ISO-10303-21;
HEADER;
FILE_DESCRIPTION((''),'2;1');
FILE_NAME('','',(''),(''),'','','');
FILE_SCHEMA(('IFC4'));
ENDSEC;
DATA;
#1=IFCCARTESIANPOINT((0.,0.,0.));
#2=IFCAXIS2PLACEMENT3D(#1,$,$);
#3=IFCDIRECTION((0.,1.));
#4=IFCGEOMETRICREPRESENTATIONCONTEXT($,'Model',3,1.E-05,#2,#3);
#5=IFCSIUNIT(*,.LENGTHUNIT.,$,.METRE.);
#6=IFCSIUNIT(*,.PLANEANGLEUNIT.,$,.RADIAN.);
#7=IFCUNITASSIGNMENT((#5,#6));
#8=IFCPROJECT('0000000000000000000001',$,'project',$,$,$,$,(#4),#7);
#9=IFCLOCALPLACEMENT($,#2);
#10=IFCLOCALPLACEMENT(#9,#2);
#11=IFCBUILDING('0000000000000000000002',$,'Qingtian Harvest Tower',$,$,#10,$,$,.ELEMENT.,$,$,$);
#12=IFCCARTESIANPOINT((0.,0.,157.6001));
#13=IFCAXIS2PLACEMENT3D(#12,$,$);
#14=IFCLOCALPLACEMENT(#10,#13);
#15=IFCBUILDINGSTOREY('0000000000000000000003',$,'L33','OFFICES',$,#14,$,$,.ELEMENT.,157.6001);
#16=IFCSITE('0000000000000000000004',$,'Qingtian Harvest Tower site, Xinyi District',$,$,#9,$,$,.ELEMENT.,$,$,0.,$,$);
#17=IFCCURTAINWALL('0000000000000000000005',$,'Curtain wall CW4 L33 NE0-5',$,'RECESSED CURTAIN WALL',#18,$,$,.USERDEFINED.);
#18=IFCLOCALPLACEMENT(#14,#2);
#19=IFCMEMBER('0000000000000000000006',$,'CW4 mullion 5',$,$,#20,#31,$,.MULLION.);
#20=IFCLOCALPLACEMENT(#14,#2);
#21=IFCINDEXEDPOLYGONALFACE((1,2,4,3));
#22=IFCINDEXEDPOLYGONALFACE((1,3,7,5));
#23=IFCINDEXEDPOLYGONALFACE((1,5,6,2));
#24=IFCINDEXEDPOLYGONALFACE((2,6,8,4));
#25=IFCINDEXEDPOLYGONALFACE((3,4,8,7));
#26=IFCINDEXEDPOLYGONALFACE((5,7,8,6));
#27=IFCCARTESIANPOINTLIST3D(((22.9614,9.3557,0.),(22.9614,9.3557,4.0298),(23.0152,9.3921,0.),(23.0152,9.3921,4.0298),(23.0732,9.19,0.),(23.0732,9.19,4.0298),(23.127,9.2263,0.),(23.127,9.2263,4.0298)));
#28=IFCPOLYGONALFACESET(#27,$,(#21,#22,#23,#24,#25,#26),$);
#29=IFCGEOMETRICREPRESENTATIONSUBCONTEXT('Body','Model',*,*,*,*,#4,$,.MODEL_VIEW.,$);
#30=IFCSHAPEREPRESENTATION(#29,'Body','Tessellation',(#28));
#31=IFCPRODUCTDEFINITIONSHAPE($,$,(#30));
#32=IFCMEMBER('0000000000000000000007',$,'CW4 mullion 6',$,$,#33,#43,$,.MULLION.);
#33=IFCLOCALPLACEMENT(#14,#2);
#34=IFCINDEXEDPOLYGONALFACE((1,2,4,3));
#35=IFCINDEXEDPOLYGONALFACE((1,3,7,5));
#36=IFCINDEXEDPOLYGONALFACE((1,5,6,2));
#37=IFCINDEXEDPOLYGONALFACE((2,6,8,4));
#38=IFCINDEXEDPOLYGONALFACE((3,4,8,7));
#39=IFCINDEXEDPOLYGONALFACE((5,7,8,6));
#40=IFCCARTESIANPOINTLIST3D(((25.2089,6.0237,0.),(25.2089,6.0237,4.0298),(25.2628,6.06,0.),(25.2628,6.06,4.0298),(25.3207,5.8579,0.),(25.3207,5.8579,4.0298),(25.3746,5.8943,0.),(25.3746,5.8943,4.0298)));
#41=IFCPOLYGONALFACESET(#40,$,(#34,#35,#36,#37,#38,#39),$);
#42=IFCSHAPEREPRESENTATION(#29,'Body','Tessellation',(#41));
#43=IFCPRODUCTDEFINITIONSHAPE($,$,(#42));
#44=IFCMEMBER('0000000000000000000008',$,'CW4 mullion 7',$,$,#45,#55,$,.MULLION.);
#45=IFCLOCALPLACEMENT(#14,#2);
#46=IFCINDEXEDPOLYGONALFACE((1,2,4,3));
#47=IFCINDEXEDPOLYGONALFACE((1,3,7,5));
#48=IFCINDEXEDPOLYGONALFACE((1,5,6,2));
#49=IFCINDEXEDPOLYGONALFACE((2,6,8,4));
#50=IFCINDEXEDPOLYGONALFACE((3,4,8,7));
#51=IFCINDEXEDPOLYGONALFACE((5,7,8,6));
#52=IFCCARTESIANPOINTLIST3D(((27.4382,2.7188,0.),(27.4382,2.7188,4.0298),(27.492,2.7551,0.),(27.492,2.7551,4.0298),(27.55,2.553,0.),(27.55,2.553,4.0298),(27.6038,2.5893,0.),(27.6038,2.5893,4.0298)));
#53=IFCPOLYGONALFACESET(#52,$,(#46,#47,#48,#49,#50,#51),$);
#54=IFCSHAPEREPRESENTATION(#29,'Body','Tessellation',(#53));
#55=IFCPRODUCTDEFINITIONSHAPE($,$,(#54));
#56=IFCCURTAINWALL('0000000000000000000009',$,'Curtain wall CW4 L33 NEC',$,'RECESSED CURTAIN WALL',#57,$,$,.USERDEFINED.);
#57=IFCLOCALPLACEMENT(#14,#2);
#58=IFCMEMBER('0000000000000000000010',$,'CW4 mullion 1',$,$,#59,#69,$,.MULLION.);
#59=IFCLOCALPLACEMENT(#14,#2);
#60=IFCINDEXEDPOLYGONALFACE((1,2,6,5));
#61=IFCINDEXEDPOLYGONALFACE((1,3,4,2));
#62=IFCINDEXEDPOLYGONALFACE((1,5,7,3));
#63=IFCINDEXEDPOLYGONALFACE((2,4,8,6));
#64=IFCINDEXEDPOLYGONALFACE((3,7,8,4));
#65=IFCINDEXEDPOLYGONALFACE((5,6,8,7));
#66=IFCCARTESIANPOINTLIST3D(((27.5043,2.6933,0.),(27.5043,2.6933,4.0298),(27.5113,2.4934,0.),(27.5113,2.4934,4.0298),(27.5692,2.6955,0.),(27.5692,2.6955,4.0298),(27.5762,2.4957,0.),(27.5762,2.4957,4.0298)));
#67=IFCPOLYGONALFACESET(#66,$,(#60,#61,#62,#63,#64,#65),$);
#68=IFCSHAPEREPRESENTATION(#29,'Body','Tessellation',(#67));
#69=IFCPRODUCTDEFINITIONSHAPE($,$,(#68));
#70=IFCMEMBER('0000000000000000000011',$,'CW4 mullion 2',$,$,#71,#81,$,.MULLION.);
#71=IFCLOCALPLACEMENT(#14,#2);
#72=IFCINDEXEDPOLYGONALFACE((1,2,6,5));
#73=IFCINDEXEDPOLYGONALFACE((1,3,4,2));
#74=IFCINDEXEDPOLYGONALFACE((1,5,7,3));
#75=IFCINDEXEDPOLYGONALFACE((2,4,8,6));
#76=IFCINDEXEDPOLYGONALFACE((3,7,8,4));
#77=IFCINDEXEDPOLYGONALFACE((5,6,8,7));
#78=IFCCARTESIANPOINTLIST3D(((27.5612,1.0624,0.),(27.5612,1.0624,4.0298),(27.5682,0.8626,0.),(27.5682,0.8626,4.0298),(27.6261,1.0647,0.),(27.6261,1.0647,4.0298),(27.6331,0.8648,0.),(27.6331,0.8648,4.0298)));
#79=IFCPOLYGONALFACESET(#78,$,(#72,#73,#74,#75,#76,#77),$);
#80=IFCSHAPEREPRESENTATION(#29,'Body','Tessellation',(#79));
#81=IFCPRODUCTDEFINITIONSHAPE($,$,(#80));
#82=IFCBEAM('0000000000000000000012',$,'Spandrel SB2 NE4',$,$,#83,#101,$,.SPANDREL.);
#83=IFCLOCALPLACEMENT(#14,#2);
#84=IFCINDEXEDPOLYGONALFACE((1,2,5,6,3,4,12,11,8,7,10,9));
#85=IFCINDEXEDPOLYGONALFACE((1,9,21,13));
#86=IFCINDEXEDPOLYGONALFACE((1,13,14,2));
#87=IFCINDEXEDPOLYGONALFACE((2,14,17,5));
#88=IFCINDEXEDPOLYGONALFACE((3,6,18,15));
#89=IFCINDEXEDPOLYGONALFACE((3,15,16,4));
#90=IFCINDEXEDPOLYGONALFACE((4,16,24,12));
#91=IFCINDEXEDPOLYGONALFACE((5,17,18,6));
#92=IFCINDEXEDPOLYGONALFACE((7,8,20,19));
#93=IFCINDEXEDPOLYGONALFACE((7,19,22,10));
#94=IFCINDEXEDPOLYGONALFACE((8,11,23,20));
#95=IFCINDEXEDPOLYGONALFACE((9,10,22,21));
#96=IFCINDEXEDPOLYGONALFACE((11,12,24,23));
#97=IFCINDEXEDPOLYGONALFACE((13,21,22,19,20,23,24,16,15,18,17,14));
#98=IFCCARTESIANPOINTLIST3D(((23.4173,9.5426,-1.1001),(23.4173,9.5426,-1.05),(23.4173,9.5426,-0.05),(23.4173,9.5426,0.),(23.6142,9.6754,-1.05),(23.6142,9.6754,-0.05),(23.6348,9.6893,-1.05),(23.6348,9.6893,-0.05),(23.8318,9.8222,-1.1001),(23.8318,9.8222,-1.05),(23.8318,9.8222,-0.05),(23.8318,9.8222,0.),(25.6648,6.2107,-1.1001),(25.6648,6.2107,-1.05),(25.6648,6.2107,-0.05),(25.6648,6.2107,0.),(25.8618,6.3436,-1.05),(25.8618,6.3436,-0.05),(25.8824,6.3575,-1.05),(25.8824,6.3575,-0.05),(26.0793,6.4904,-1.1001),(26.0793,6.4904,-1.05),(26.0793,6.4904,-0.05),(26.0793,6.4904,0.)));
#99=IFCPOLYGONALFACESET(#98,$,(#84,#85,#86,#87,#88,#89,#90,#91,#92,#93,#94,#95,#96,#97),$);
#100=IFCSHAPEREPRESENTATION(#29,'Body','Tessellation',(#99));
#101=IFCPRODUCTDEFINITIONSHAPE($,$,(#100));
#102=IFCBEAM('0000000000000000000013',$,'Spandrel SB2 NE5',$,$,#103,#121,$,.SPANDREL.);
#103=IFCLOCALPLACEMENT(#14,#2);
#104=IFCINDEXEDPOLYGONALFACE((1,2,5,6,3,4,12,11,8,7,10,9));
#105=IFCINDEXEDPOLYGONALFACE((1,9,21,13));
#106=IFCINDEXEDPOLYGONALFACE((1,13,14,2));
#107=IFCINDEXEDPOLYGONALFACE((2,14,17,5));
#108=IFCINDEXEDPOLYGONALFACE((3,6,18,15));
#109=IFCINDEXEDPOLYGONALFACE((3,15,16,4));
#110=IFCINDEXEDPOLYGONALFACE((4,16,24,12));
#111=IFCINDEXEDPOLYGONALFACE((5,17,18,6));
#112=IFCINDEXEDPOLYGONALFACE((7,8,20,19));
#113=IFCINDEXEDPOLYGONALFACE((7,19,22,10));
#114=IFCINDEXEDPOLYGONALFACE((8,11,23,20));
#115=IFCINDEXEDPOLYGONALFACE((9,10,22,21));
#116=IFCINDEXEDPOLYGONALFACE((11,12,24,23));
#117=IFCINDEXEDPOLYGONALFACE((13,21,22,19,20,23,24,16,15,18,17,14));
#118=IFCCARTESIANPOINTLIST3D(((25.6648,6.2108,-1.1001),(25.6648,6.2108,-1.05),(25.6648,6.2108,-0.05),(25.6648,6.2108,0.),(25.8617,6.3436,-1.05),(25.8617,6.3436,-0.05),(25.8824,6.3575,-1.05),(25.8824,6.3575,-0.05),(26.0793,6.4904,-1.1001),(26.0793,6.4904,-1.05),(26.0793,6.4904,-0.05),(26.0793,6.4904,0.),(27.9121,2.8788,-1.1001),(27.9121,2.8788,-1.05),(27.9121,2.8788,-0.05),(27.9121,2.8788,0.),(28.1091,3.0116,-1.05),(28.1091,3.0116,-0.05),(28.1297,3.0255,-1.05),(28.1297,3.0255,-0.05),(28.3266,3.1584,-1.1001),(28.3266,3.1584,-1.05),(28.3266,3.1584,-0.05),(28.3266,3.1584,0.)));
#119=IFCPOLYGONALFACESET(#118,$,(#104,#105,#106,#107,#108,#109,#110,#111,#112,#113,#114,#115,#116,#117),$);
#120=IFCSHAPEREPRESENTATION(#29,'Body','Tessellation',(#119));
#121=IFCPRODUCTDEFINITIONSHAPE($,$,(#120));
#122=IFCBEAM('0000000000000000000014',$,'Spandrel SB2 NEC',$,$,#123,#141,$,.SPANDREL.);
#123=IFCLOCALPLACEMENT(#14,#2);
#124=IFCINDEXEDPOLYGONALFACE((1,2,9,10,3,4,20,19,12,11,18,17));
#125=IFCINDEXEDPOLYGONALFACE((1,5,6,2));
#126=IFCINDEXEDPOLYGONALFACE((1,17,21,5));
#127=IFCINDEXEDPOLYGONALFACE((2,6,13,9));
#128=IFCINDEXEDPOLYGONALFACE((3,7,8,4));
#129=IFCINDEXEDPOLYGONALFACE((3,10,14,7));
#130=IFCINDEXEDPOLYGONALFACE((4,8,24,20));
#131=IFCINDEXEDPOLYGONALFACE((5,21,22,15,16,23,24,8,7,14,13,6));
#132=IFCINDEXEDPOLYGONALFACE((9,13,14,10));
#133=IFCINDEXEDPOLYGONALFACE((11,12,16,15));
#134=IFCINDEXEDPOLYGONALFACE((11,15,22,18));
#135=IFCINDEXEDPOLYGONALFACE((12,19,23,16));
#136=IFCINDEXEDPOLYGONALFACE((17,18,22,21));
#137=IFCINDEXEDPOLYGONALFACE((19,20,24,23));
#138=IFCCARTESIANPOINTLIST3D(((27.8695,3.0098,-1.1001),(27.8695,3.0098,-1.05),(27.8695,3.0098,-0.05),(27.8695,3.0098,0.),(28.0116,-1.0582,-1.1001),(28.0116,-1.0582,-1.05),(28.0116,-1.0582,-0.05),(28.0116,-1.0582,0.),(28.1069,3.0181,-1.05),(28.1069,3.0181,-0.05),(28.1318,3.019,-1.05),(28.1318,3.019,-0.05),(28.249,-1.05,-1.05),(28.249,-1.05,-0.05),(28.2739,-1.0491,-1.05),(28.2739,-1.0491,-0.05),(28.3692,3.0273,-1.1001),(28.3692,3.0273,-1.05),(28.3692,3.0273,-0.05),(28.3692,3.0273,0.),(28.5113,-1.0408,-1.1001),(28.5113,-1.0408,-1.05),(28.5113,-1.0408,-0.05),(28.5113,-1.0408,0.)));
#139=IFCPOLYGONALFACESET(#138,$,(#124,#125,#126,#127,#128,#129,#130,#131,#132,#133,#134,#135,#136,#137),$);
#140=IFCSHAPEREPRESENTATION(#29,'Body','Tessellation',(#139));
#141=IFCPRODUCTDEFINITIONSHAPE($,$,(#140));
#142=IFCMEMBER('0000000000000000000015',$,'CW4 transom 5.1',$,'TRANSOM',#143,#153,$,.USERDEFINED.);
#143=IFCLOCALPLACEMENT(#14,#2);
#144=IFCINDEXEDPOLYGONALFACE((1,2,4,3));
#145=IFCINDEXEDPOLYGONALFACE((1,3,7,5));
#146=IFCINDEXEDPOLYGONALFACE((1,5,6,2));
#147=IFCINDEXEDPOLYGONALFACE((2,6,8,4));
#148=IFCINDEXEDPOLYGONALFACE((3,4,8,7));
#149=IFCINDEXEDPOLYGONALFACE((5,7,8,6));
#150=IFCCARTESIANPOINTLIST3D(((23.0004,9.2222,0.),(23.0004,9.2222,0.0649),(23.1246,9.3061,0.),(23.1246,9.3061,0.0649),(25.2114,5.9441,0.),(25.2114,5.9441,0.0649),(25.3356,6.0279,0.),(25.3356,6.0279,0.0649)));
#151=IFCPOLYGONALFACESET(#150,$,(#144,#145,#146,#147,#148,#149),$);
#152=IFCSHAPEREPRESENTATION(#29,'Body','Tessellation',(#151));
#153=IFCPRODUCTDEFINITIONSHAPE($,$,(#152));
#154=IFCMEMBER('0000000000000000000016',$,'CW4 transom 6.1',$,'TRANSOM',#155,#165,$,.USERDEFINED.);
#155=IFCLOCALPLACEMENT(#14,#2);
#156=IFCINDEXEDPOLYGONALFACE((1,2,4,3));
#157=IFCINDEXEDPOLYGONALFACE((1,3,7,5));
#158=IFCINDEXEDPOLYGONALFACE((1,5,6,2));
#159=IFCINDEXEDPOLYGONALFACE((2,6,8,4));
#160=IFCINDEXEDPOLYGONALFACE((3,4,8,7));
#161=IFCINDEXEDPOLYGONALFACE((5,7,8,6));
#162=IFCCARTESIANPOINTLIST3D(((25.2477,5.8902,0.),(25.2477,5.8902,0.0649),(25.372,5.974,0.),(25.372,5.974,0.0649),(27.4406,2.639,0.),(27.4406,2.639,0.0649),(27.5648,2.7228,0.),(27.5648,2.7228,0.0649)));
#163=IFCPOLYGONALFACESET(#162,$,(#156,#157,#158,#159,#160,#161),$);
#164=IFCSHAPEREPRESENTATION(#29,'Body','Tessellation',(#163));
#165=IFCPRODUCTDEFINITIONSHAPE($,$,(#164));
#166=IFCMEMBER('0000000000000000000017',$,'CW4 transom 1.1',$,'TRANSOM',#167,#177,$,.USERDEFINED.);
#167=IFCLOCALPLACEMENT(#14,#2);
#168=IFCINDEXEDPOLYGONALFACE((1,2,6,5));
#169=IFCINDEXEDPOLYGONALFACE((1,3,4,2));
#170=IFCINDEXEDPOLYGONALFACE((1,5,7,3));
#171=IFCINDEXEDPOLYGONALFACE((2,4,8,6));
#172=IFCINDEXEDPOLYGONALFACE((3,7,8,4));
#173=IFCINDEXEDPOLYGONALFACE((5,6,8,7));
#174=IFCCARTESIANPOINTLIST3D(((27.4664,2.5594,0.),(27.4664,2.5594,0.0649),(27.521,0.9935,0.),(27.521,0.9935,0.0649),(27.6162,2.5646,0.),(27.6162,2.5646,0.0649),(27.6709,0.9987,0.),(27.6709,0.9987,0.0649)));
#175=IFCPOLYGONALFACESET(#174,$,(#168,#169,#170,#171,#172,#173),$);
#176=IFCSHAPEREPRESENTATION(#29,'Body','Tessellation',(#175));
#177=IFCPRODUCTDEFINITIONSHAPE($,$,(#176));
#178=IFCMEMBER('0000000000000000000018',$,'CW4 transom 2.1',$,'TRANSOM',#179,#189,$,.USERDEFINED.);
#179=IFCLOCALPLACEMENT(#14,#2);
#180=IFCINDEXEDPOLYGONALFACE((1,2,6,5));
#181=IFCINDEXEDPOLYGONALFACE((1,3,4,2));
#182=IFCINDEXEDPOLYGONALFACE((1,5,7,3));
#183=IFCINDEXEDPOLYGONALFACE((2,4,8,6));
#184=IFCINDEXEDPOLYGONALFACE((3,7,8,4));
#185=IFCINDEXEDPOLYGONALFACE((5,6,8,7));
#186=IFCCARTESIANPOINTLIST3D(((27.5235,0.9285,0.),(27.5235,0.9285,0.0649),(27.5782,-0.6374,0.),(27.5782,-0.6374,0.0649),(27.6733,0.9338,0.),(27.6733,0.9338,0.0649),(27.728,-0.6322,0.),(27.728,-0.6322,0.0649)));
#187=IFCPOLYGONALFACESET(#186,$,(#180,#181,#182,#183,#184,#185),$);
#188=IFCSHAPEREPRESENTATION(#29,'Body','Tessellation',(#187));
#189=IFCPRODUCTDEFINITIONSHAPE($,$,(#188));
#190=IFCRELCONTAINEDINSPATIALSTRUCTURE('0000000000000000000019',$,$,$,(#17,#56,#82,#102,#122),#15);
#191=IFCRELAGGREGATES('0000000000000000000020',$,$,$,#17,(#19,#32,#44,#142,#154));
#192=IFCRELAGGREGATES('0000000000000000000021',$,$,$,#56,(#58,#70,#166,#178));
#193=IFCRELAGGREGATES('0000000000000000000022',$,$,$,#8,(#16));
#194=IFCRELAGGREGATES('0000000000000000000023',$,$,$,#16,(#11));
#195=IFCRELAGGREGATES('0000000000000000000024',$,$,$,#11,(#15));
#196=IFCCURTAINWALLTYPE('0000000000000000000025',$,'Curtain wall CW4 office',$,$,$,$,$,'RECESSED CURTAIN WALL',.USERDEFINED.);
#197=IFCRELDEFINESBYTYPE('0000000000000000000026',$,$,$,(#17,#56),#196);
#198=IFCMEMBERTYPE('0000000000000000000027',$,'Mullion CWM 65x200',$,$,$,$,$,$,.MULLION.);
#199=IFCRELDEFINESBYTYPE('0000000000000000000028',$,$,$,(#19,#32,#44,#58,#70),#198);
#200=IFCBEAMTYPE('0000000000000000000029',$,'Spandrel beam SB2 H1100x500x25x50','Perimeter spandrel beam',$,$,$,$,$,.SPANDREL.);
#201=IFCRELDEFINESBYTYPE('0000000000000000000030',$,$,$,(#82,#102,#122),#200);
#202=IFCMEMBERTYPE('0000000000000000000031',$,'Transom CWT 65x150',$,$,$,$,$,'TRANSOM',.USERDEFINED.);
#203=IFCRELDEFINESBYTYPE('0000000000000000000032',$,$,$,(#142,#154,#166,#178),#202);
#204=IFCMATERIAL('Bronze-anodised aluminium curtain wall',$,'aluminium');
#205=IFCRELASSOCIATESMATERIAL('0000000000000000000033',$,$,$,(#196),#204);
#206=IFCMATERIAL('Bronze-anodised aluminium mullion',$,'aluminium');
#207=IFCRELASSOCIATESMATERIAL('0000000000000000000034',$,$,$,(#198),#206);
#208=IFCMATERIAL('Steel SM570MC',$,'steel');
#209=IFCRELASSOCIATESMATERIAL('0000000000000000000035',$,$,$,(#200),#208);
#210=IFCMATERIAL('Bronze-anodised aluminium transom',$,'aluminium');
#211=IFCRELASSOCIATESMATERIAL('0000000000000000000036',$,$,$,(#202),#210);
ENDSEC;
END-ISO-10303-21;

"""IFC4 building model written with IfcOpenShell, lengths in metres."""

from ifc_helpers import new_model, si_unit, direction, frame, origin, origin_2d, place, context, subcontext, project, spatial, rectangle, i_section, extrude, material, material_profile, profile_set, type_object, element, aggregate, save


model = new_model("IFC4")

# Units and contexts
model_context = context("Model", 3, precision=1e-05, world=origin(), true_north=direction((0.0, 1.0)))
body_context = subcontext(model_context, "Body", "Model", "MODEL_VIEW")
ifc_project = project(units=[si_unit("LENGTHUNIT", "METRE"), si_unit("PLANEANGLEUNIT", "RADIAN")], contexts=[model_context])

# Site, building, storey
site_placement = place(None, origin())
site = spatial("IfcSite", under=ifc_project, at=site_placement, Name="Qingtian Harvest Tower site, Xinyi District", CompositionType="ELEMENT", RefElevation=0.0)
building_placement = place(site_placement, origin())
building = spatial("IfcBuilding", under=site, at=building_placement, Name="Qingtian Harvest Tower", CompositionType="ELEMENT")
storey_placement = place(building_placement, frame((0.0, 0.0, 157.6001)))
storey = spatial("IfcBuildingStorey", under=building, at=storey_placement, Name="L33", Description="OFFICES", CompositionType="ELEMENT", Elevation=157.6001)

# Curtain walls, members
ifc_material_1 = material(Name="Bronze-anodised aluminium curtain wall", Category="aluminium")
curtain_wall_type = type_object("IfcCurtainWallType", Name="Curtain wall CW4 office", ElementType="RECESSED CURTAIN WALL", PredefinedType="USERDEFINED", material=ifc_material_1)
curtain_wall_1_placement = place(storey_placement, origin())
curtain_wall_1 = element("IfcCurtainWall", 1, at=curtain_wall_1_placement, inside=storey, type_object=curtain_wall_type, Name="Curtain wall CW4 L33 NE0-5", ObjectType="RECESSED CURTAIN WALL", PredefinedType="USERDEFINED")
ifc_material_2 = material(Name="Bronze-anodised aluminium mullion", Category="aluminium")
ifc_material_profile_1 = material_profile(ifc_material_2, rectangle(XDim=0.0649, YDim=0.2, at=origin_2d()), Name="AL 65x200")
ifc_profile_set_1 = profile_set([ifc_material_profile_1], Name="Bronze-anodised aluminium mullion")
member_type_1 = type_object("IfcMemberType", Name="Mullion CWM 65x200", PredefinedType="MULLION", material=ifc_profile_set_1)
member_1_placement = place(storey_placement, frame((23.0442, 9.291, 0.0), z_axis=(0.0, 0.0, 1.0), x_axis=(0.829038, 0.559193, 0.0)))
member_1 = element("IfcMember", 2, at=member_1_placement, type_object=member_type_1, Name="CW4 mullion 5", PredefinedType="MULLION", context=body_context, shape_type="SweptSolid", body=[
    extrude(rectangle(XDim=0.0649, YDim=0.2, at=origin_2d()), origin(), (0.0, 0.0, 1.0), 4.0298),
])
member_2_placement = place(storey_placement, frame((25.2917, 5.959, 0.0), z_axis=(0.0, 0.0, 1.0), x_axis=(0.829038, 0.559193, 0.0)))
member_2 = element("IfcMember", 3, at=member_2_placement, type_object=member_type_1, Name="CW4 mullion 6", PredefinedType="MULLION", context=body_context, shape_type="SweptSolid", body=[
    extrude(rectangle(XDim=0.0649, YDim=0.2, at=origin_2d()), origin(), (0.0, 0.0, 1.0), 4.0298),
])
member_3_placement = place(storey_placement, frame((27.521, 2.6541, 0.0), z_axis=(0.0, 0.0, 1.0), x_axis=(0.829038, 0.559193, 0.0)))
member_3 = element("IfcMember", 4, at=member_3_placement, type_object=member_type_1, Name="CW4 mullion 7", PredefinedType="MULLION", context=body_context, shape_type="SweptSolid", body=[
    extrude(rectangle(XDim=0.0649, YDim=0.2, at=origin_2d()), origin(), (0.0, 0.0, 1.0), 4.0298),
])
curtain_wall_2_placement = place(storey_placement, origin())
curtain_wall_2 = element("IfcCurtainWall", 5, at=curtain_wall_2_placement, inside=storey, type_object=curtain_wall_type, Name="Curtain wall CW4 L33 NEC", ObjectType="RECESSED CURTAIN WALL", PredefinedType="USERDEFINED")
member_4_placement = place(storey_placement, frame((27.5403, 2.5945, 0.0), z_axis=(0.0, 0.0, 1.0), x_axis=(0.999391, 0.034899, 0.0)))
member_4 = element("IfcMember", 6, at=member_4_placement, type_object=member_type_1, Name="CW4 mullion 1", PredefinedType="MULLION", context=body_context, shape_type="SweptSolid", body=[
    extrude(rectangle(XDim=0.0649, YDim=0.2, at=origin_2d()), origin(), (0.0, 0.0, 1.0), 4.0298),
])
member_5_placement = place(storey_placement, frame((27.5972, 0.9636, 0.0), z_axis=(0.0, 0.0, 1.0), x_axis=(0.999391, 0.034899, 0.0)))
member_5 = element("IfcMember", 7, at=member_5_placement, type_object=member_type_1, Name="CW4 mullion 2", PredefinedType="MULLION", context=body_context, shape_type="SweptSolid", body=[
    extrude(rectangle(XDim=0.0649, YDim=0.2, at=origin_2d()), origin(), (0.0, 0.0, 1.0), 4.0298),
])

# Beams
ifc_material_3 = material(Name="Steel SM570MC", Category="steel")
ifc_material_profile_2 = material_profile(ifc_material_3, i_section(OverallWidth=0.5, OverallDepth=1.1001, WebThickness=0.0249, FlangeThickness=0.05, at=origin_2d()), Name="H1100x500x25x50")
ifc_profile_set_2 = profile_set([ifc_material_profile_2], Name="Steel SM570MC")
beam_type_1 = type_object("IfcBeamType", Name="Spandrel beam SB2 H1100x500x25x50", Description="Perimeter spandrel beam", PredefinedType="SPANDREL", material=ifc_profile_set_2)
for number, where, z_axis, x_axis, name in (
    (8, (23.6245, 9.6824, -0.55), (0.559234, -0.82901, 0.0), (0.82901, 0.559234, 0.0), "Spandrel SB2 NE4"),
    (9, (25.8721, 6.3506, -0.55), (0.559164, -0.829057, 0.0), (0.829057, 0.559164, 0.0), "Spandrel SB2 NE5"),
):
    element("IfcBeam", number, at=place(storey_placement, frame(where, z_axis=z_axis, x_axis=x_axis)), inside=storey, type_object=beam_type_1, Name=name, PredefinedType="SPANDREL", context=body_context, shape_type="SweptSolid", body=[
        extrude(i_section(OverallWidth=0.5, OverallDepth=1.1001, WebThickness=0.0249, FlangeThickness=0.05, at=origin_2d()), origin(), (0.0, 0.0, 1.0), 4.019),
    ])
beam_1_placement = place(storey_placement, frame((28.1194, 3.0186, -0.55), z_axis=(0.034906, -0.999391, 0.0), x_axis=(0.999391, 0.034906, 0.0)))
element("IfcBeam", 10, at=beam_1_placement, inside=storey, type_object=beam_type_1, Name="Spandrel SB2 NEC", PredefinedType="SPANDREL", context=body_context, shape_type="SweptSolid", body=[
    extrude(i_section(OverallWidth=0.5, OverallDepth=1.1001, WebThickness=0.0249, FlangeThickness=0.05, at=origin_2d()), origin(), (0.0, 0.0, 1.0), 4.0706),
])

# Members
ifc_material_4 = material(Name="Bronze-anodised aluminium transom", Category="aluminium")
ifc_material_profile_3 = material_profile(ifc_material_4, rectangle(XDim=0.1499, YDim=0.0649, at=origin_2d()), Name="AL 65x150")
ifc_profile_set_3 = profile_set([ifc_material_profile_3], Name="Bronze-anodised aluminium transom")
member_type_2 = type_object("IfcMemberType", Name="Transom CWT 65x150", ElementType="TRANSOM", PredefinedType="USERDEFINED", material=ifc_profile_set_3)
member_6_placement = place(storey_placement, frame((23.0625, 9.2642, 0.0325), z_axis=(0.559166, -0.829055, 0.0), x_axis=(0.829055, 0.559166, 0.0)))
member_6 = element("IfcMember", 11, at=member_6_placement, type_object=member_type_2, Name="CW4 transom 5.1", ObjectType="TRANSOM", PredefinedType="USERDEFINED", context=body_context, shape_type="SweptSolid", body=[
    extrude(rectangle(XDim=0.1499, YDim=0.0649, at=origin_2d()), origin(), (0.0, 0.0, 1.0), 3.9541),
])
member_7_placement = place(storey_placement, frame((25.3098, 5.9321, 0.0325), z_axis=(0.559175, -0.82905, 0.0), x_axis=(0.82905, 0.559175, 0.0)))
member_7 = element("IfcMember", 12, at=member_7_placement, type_object=member_type_2, Name="CW4 transom 6.1", ObjectType="TRANSOM", PredefinedType="USERDEFINED", context=body_context, shape_type="SweptSolid", body=[
    extrude(rectangle(XDim=0.1499, YDim=0.0649, at=origin_2d()), origin(), (0.0, 0.0, 1.0), 3.9216),
])
member_8_placement = place(storey_placement, frame((27.5413, 2.562, 0.0325), z_axis=(0.034902, -0.999391, 0.0), x_axis=(0.999391, 0.034902, 0.0)))
member_8 = element("IfcMember", 13, at=member_8_placement, type_object=member_type_2, Name="CW4 transom 1.1", ObjectType="TRANSOM", PredefinedType="USERDEFINED", context=body_context, shape_type="SweptSolid", body=[
    extrude(rectangle(XDim=0.1499, YDim=0.0649, at=origin_2d()), origin(), (0.0, 0.0, 1.0), 1.5669),
])
member_9_placement = place(storey_placement, frame((27.5984, 0.9312, 0.0325), z_axis=(0.034902, -0.999391, 0.0), x_axis=(0.999391, 0.034902, 0.0)))
member_9 = element("IfcMember", 14, at=member_9_placement, type_object=member_type_2, Name="CW4 transom 2.1", ObjectType="TRANSOM", PredefinedType="USERDEFINED", context=body_context, shape_type="SweptSolid", body=[
    extrude(rectangle(XDim=0.1499, YDim=0.0649, at=origin_2d()), origin(), (0.0, 0.0, 1.0), 1.5669),
])

aggregate(curtain_wall_1, [member_1, member_2, member_3, member_6, member_7])
aggregate(curtain_wall_2, [member_4, member_5, member_8, member_9])

save(model, "model.ifc")
